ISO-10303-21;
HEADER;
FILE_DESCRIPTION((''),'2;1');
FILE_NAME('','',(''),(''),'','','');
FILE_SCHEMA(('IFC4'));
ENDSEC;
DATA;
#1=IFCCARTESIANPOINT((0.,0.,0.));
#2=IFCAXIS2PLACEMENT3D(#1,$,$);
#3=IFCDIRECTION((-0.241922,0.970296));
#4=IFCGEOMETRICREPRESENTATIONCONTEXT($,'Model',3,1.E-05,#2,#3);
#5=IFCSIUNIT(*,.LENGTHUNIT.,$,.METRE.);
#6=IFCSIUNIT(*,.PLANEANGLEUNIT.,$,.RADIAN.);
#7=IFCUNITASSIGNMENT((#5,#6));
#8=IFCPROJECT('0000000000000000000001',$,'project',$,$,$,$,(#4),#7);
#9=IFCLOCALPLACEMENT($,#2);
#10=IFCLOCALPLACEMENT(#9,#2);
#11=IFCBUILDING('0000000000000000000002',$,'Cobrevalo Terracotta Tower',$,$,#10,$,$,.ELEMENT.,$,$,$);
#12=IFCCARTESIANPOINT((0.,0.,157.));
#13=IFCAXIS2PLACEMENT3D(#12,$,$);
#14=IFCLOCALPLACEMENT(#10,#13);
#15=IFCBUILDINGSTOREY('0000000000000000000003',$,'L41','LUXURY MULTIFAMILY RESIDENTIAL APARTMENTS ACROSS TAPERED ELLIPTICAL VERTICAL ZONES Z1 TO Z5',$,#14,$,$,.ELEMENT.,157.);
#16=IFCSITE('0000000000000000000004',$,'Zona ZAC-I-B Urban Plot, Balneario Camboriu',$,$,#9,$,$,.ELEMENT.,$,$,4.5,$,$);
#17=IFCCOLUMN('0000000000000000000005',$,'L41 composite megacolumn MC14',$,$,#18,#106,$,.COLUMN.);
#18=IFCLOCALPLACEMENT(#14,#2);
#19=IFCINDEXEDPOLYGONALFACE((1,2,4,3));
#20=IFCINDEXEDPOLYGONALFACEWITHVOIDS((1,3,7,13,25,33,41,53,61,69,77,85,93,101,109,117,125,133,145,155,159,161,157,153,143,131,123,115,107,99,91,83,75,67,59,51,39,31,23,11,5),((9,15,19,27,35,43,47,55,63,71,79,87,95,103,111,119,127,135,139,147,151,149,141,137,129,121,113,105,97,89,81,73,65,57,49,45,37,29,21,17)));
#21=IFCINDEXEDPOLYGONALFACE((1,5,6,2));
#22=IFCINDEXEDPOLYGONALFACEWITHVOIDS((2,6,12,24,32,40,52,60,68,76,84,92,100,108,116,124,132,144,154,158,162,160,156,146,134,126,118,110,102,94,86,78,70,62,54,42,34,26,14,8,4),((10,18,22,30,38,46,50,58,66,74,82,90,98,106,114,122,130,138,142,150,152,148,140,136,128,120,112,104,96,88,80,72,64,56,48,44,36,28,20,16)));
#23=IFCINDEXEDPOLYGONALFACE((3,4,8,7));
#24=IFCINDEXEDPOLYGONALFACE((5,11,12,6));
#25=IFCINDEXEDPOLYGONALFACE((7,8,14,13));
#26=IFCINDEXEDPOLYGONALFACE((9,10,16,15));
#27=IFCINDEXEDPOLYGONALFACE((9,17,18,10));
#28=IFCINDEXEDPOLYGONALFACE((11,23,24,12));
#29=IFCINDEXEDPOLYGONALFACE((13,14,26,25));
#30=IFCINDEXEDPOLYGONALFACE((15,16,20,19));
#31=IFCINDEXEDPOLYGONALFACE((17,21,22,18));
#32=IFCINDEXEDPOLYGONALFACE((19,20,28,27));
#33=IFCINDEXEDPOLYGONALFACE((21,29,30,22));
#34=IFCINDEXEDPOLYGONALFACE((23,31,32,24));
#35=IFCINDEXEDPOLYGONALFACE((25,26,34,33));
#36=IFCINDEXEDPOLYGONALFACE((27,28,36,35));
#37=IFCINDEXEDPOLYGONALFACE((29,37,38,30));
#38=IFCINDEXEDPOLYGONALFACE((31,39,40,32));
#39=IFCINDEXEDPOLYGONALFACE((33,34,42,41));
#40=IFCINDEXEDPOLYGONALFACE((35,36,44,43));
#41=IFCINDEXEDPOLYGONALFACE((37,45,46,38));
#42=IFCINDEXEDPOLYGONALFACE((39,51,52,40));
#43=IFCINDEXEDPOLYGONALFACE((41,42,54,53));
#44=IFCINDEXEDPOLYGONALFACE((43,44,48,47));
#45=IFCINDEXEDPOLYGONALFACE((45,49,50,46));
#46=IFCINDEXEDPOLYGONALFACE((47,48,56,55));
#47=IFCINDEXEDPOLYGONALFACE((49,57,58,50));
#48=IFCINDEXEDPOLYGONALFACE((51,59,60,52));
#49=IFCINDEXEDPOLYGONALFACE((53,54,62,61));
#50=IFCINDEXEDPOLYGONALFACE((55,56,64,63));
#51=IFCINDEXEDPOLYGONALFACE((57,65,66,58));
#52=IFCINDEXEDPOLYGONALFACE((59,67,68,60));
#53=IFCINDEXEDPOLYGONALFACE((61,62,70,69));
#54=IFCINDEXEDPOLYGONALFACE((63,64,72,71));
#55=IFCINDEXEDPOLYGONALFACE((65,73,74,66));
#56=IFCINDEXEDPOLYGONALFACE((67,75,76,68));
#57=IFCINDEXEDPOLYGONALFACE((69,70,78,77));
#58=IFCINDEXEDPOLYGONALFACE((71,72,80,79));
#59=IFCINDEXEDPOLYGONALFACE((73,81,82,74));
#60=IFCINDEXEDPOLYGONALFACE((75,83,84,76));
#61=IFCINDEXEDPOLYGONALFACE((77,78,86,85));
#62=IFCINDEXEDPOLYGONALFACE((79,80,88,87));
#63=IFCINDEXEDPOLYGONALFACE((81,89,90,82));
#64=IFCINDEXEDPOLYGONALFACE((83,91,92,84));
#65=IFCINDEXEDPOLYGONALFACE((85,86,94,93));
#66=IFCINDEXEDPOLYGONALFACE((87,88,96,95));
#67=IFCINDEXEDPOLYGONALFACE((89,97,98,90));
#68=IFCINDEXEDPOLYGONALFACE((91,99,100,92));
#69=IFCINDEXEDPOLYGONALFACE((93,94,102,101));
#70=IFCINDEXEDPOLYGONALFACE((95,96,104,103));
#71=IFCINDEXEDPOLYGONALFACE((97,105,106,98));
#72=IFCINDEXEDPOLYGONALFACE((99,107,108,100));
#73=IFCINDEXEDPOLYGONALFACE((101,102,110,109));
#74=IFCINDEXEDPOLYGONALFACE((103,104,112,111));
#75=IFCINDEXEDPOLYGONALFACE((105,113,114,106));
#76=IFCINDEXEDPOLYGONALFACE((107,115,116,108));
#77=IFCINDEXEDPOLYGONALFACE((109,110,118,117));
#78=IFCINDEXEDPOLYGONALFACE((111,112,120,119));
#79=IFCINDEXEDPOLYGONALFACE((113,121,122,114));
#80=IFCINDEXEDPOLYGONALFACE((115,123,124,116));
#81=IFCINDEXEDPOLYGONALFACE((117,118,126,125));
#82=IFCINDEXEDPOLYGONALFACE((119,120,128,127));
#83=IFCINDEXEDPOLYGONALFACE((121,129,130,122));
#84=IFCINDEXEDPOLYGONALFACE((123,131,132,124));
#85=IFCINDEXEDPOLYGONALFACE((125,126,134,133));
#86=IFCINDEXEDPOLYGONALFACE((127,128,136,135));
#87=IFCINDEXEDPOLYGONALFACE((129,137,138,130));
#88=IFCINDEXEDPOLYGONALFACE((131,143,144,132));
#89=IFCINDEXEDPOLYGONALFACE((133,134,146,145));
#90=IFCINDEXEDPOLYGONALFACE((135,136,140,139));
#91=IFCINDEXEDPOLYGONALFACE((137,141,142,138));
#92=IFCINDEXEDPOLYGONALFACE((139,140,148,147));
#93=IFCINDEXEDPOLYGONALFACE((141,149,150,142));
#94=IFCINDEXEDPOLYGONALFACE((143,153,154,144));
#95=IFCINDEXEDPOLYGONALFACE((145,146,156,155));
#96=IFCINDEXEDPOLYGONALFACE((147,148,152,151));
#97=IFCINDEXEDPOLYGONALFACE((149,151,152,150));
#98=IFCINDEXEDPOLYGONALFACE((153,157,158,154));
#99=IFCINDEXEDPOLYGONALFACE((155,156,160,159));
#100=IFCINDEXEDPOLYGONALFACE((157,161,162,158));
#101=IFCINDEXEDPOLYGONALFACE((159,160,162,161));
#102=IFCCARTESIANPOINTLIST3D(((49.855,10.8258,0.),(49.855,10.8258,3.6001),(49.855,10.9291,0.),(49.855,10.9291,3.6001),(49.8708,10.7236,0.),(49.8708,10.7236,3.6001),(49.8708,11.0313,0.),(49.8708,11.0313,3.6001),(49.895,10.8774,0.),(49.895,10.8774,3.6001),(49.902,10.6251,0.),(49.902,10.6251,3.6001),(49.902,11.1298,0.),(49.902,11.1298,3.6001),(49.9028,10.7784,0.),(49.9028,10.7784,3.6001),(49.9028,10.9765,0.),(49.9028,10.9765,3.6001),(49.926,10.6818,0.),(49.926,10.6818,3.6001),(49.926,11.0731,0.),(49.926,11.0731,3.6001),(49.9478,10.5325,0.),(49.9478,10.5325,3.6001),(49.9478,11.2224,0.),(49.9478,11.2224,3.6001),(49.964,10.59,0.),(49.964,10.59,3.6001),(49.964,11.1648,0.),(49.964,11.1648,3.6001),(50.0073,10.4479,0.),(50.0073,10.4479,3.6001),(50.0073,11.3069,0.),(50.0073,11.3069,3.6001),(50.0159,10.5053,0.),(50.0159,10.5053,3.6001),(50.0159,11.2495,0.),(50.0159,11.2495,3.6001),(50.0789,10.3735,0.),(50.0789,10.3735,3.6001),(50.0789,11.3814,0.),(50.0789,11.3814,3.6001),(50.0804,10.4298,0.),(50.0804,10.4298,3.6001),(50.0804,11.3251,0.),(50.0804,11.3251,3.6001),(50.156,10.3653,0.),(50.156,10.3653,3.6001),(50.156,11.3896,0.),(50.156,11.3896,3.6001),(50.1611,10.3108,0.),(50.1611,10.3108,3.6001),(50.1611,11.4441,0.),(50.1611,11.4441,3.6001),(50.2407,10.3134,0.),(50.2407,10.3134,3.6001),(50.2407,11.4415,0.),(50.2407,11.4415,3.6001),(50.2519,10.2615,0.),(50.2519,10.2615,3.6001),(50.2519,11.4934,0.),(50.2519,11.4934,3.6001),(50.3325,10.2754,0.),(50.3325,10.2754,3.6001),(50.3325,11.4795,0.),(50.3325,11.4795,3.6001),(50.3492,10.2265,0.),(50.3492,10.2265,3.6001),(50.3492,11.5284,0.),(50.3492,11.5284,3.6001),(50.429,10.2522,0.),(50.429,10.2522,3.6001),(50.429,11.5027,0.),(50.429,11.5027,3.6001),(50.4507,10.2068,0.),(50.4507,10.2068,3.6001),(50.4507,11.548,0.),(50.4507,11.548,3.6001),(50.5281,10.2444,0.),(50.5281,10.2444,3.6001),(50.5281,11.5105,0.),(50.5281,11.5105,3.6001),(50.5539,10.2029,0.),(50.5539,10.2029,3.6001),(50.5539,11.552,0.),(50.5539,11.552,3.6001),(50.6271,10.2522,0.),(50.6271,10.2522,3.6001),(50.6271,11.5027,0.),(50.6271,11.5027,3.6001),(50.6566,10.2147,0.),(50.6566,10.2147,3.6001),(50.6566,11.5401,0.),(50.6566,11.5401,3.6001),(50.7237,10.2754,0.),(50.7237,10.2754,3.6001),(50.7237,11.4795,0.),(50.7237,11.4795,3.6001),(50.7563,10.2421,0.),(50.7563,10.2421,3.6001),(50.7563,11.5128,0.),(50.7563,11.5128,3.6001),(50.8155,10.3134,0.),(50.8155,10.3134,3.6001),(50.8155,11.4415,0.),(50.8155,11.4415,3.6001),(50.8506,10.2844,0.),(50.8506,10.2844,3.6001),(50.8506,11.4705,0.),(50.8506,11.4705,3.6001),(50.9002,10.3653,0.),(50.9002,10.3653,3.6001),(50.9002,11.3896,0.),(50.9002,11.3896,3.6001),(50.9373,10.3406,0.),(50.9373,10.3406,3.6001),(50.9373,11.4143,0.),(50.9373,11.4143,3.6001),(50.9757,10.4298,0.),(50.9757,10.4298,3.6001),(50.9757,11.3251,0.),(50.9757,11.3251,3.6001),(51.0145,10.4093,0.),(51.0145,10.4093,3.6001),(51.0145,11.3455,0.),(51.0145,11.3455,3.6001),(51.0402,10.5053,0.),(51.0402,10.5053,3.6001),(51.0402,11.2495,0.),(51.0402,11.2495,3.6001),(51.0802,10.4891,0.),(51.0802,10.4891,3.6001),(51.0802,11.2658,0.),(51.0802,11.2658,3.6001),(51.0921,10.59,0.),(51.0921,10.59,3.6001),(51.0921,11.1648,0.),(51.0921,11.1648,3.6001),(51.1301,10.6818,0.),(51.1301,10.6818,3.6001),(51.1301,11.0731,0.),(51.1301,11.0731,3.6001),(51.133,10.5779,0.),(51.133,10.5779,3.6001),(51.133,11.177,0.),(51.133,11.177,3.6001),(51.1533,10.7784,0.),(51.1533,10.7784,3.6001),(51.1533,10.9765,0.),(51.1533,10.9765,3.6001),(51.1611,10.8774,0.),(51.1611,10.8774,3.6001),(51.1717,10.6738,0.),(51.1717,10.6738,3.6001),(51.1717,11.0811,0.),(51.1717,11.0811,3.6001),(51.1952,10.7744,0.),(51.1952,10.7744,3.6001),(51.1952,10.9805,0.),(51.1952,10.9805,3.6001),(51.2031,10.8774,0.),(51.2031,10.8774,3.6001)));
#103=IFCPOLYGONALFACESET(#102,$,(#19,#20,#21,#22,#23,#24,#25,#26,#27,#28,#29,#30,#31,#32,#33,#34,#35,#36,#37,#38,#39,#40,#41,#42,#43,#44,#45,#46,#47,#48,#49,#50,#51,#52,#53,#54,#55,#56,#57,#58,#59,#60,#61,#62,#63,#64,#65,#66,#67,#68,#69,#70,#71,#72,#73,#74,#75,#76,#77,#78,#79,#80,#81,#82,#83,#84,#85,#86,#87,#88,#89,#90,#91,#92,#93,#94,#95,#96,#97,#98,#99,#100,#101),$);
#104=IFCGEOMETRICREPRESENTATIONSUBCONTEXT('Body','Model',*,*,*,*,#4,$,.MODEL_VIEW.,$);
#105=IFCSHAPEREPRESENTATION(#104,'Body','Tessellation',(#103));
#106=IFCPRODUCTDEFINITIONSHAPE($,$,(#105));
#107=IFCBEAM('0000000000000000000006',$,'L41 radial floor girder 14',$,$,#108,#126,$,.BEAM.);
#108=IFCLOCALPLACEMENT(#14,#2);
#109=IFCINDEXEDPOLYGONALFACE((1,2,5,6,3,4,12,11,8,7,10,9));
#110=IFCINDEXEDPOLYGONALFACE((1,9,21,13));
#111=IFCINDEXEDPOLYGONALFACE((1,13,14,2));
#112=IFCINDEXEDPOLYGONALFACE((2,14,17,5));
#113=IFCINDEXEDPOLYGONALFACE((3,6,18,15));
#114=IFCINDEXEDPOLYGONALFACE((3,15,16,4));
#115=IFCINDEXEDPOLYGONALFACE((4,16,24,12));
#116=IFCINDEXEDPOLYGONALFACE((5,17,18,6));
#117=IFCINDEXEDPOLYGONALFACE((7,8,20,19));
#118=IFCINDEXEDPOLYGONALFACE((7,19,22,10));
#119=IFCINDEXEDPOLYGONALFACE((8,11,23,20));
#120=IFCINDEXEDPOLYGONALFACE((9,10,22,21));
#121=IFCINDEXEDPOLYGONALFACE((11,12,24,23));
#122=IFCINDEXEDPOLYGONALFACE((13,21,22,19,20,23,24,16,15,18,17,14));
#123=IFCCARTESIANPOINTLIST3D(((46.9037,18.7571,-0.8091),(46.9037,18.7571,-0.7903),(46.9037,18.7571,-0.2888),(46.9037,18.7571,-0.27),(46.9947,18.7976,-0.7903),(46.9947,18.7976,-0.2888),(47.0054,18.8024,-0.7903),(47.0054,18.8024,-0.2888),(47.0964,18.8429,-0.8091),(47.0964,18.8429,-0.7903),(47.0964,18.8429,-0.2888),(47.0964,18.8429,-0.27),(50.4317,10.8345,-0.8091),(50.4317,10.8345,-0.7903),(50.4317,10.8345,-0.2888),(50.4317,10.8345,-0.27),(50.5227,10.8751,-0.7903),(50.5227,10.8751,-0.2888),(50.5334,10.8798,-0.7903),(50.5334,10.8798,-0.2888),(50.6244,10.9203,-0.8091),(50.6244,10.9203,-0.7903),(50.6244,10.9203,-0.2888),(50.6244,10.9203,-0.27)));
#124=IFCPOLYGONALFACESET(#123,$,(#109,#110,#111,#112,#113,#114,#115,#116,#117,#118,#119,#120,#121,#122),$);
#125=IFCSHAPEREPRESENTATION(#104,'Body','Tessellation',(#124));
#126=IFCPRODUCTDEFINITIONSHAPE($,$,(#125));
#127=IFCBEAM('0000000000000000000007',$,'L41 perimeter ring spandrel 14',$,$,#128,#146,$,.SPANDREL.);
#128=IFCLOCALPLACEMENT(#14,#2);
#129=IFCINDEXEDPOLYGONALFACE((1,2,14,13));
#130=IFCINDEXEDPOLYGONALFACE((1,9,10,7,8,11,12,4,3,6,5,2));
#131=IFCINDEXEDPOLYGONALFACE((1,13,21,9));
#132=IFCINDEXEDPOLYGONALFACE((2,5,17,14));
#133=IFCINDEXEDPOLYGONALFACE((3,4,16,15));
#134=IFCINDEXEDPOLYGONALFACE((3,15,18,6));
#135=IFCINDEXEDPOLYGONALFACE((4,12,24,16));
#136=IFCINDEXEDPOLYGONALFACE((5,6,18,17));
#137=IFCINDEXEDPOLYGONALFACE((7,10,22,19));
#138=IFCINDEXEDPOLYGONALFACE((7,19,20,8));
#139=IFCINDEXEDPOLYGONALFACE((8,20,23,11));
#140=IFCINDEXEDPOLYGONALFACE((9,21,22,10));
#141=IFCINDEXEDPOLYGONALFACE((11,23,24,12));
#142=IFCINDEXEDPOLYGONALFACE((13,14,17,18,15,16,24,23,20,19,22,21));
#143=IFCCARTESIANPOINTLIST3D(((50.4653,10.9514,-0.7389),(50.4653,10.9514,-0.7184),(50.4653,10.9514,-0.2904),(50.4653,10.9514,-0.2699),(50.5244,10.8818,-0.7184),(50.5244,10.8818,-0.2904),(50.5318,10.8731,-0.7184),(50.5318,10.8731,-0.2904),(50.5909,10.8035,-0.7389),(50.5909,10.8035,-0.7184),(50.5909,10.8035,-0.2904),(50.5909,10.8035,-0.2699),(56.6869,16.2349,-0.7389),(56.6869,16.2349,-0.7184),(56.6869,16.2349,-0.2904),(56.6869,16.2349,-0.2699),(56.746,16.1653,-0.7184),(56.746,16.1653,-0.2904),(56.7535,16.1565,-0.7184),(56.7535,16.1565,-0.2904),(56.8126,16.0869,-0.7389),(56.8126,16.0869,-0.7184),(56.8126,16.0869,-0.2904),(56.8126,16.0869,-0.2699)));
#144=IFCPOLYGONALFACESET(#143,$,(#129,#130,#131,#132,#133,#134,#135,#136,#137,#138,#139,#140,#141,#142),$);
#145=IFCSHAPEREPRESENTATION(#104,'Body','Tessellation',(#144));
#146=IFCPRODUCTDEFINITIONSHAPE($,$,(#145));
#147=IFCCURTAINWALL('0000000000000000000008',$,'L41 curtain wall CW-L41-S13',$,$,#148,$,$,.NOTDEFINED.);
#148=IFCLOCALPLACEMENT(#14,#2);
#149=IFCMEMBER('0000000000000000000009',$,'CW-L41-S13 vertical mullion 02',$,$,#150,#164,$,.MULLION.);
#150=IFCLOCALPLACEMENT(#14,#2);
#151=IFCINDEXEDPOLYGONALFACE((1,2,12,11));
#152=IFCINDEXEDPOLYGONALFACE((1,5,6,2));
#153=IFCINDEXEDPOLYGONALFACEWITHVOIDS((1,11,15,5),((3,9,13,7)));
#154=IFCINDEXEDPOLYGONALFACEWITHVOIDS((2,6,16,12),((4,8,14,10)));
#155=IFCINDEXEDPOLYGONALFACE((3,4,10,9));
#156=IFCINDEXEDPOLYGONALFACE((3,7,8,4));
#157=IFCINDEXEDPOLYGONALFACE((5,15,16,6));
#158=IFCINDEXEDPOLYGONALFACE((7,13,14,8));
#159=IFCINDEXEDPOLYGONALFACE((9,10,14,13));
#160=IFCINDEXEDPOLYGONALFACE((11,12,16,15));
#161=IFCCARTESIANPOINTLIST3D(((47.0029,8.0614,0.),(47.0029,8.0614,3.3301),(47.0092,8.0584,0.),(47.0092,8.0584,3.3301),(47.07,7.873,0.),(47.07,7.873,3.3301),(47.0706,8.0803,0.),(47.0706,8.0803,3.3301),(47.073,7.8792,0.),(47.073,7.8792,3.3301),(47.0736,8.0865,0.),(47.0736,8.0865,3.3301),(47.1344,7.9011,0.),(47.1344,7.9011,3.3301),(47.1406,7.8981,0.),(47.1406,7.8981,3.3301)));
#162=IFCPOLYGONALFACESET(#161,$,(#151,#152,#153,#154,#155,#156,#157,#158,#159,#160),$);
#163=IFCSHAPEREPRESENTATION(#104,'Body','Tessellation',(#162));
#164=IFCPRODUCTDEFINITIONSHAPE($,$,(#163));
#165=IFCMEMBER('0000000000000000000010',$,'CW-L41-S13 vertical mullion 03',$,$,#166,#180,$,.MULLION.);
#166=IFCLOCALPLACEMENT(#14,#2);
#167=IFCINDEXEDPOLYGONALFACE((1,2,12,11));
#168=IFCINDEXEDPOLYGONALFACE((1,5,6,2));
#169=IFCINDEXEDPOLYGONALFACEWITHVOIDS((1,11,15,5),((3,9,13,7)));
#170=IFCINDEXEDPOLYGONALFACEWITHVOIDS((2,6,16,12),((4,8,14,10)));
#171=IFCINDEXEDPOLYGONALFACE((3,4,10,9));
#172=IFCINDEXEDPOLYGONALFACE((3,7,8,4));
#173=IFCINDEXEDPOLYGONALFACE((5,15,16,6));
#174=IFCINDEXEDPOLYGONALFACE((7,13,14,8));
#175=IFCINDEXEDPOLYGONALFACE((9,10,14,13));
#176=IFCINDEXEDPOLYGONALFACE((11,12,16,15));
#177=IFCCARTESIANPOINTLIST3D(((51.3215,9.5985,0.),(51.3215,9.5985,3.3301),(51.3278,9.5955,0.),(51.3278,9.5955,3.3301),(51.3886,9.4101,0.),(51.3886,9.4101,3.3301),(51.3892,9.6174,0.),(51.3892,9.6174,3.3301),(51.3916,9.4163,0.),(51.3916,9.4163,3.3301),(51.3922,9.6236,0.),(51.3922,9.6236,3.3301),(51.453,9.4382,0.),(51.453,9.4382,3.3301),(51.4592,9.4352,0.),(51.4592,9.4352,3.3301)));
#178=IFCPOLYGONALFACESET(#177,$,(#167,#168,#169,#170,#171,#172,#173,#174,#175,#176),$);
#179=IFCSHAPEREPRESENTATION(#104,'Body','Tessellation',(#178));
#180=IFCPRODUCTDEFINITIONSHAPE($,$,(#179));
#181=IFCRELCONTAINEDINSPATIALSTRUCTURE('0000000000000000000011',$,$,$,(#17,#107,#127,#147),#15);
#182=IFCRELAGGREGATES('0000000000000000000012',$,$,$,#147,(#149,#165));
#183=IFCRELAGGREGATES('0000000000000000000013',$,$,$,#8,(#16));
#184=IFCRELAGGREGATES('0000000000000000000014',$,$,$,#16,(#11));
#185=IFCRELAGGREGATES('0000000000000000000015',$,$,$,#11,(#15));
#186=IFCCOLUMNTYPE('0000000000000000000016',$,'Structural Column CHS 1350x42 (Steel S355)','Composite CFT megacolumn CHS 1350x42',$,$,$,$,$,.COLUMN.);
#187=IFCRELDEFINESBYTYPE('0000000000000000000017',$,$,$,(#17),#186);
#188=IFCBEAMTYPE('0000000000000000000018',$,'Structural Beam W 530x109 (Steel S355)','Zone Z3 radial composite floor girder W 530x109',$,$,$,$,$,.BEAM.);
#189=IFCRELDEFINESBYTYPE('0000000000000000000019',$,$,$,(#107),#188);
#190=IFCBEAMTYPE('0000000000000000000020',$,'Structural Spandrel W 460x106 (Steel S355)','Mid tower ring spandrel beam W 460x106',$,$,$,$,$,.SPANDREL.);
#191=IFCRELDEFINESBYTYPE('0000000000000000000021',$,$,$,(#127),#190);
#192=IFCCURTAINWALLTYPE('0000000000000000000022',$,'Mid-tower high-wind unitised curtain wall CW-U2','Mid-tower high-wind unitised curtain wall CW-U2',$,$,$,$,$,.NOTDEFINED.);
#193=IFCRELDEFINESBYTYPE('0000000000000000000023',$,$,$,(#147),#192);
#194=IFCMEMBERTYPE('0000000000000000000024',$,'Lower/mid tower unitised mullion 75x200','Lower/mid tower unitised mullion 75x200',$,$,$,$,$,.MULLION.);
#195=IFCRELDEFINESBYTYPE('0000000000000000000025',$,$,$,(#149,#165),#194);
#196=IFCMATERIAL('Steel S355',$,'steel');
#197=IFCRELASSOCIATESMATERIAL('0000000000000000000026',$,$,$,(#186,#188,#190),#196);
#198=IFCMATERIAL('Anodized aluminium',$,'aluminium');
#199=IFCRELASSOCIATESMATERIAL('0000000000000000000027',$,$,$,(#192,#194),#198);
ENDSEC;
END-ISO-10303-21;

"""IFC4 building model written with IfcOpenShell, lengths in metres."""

from ifc_helpers import new_model, si_unit, direction, frame, origin, origin_2d, place, context, subcontext, project, spatial, hollow_rectangle, hollow_circle, i_section, extrude, source, transform, mapped, material, material_profile, profile_set, type_object, element, aggregate, save


model = new_model("IFC4")

# Units and contexts
model_context = context("Model", 3, precision=1e-05, world=origin(), true_north=direction((-0.241922, 0.970296)))
body_context = subcontext(model_context, "Body", "Model", "MODEL_VIEW")
ifc_project = project(units=[si_unit("LENGTHUNIT", "METRE"), si_unit("PLANEANGLEUNIT", "RADIAN")], contexts=[model_context])

# Site, building, storey
site_placement = place(None, origin())
site = spatial("IfcSite", under=ifc_project, at=site_placement, Name="Zona ZAC-I-B Urban Plot, Balneario Camboriu", CompositionType="ELEMENT", RefElevation=4.5)
building_placement = place(site_placement, origin())
building = spatial("IfcBuilding", under=site, at=building_placement, Name="Cobrevalo Terracotta Tower", CompositionType="ELEMENT")
storey_placement = place(building_placement, frame((0.0, 0.0, 157.0)))
storey = spatial("IfcBuildingStorey", under=building, at=storey_placement, Name="L41", Description="LUXURY MULTIFAMILY RESIDENTIAL APARTMENTS ACROSS TAPERED ELLIPTICAL VERTICAL ZONES Z1 TO Z5", CompositionType="ELEMENT", Elevation=157.0)

# Column
ifc_material_1 = material(Name="Steel S355", Category="steel")
ifc_material_profile_1 = material_profile(ifc_material_1, hollow_circle(Radius=0.675, WallThickness=0.042, at=origin_2d()), Name="CHS 1350x42")
ifc_profile_set_1 = profile_set([ifc_material_profile_1], Name="Steel S355")
column_type = type_object("IfcColumnType", Name="Structural Column CHS 1350x42 (Steel S355)", Description="Composite CFT megacolumn CHS 1350x42", PredefinedType="COLUMN", material=ifc_profile_set_1)
column_placement = place(storey_placement, frame((50.5281, 10.8774, 0.0), z_axis=(0.0, 0.0, 1.0), x_axis=(1.0, 0.0, 0.0)))
element("IfcColumn", 1, at=column_placement, inside=storey, type_object=column_type, Name="L41 composite megacolumn MC14", PredefinedType="COLUMN", context=body_context, shape_type="SweptSolid", body=[
    extrude(hollow_circle(Radius=0.675, WallThickness=0.042, at=origin_2d()), origin(), (0.0, 0.0, 1.0), 3.6001),
])

# Beams
ifc_material_profile_2 = material_profile(ifc_material_1, i_section(OverallWidth=0.2109, OverallDepth=0.5391, WebThickness=0.0117, FlangeThickness=0.0188, at=origin_2d()), Name="W 530x109")
ifc_profile_set_2 = profile_set([ifc_material_profile_2], Name="Steel S355")
beam_type_1 = type_object("IfcBeamType", Name="Structural Beam W 530x109 (Steel S355)", Description="Zone Z3 radial composite floor girder W 530x109", PredefinedType="BEAM", material=ifc_profile_set_2)
beam_1_placement = place(storey_placement, frame((50.5281, 10.8774, -0.5396), z_axis=(-0.406804, 0.913515, 0.0), x_axis=(-0.913515, -0.406804, 0.0)))
element("IfcBeam", 2, at=beam_1_placement, inside=storey, type_object=beam_type_1, Name="L41 radial floor girder 14", PredefinedType="BEAM", context=body_context, shape_type="SweptSolid", body=[
    extrude(i_section(OverallWidth=0.2109, OverallDepth=0.5391, WebThickness=0.0117, FlangeThickness=0.0188, at=origin_2d()), origin(), (0.0, 0.0, 1.0), 8.6726),
])
ifc_material_profile_3 = material_profile(ifc_material_1, i_section(OverallWidth=0.1941, OverallDepth=0.469, WebThickness=0.0115, FlangeThickness=0.0205, at=origin_2d()), Name="W 460x106")
ifc_profile_set_3 = profile_set([ifc_material_profile_3], Name="Steel S355")
beam_type_2 = type_object("IfcBeamType", Name="Structural Spandrel W 460x106 (Steel S355)", Description="Mid tower ring spandrel beam W 460x106", PredefinedType="SPANDREL", material=ifc_profile_set_3)
beam_2_placement = place(storey_placement, frame((50.5281, 10.8774, -0.5044), z_axis=(0.76224, 0.647294, 0.0), x_axis=(-0.647294, 0.76224, 0.0)))
element("IfcBeam", 3, at=beam_2_placement, inside=storey, type_object=beam_type_2, Name="L41 perimeter ring spandrel 14", PredefinedType="SPANDREL", context=body_context, shape_type="SweptSolid", body=[
    extrude(i_section(OverallWidth=0.1941, OverallDepth=0.469, WebThickness=0.0115, FlangeThickness=0.0205, at=origin_2d()), origin(), (0.0, 0.0, 1.0), 8.1624),
])

# Curtain wall, members
ifc_material_2 = material(Name="Anodized aluminium", Category="aluminium")
curtain_wall_type = type_object("IfcCurtainWallType", Name="Mid-tower high-wind unitised curtain wall CW-U2", Description="Mid-tower high-wind unitised curtain wall CW-U2", PredefinedType="NOTDEFINED", material=ifc_material_2)
curtain_wall_1_placement = place(storey_placement, origin())
curtain_wall_1 = element("IfcCurtainWall", 4, at=curtain_wall_1_placement, inside=storey, type_object=curtain_wall_type, Name="L41 curtain wall CW-L41-S13", PredefinedType="NOTDEFINED")
ifc_material_profile_4 = material_profile(ifc_material_2, hollow_rectangle(XDim=0.075, YDim=0.2, WallThickness=0.0049, at=origin_2d()), Name="CWM 75x200")
ifc_profile_set_4 = profile_set([ifc_material_profile_4], Name="Anodized aluminium")
member_type_1 = type_object("IfcMemberType", Name="Lower/mid tower unitised mullion 75x200", Description="Lower/mid tower unitised mullion 75x200", PredefinedType="MULLION", material=ifc_profile_set_4)
shared_shape_1 = source(origin(), body_context, "Body", "SweptSolid", [
    extrude(hollow_rectangle(XDim=0.075, YDim=0.2, WallThickness=0.0049, at=origin_2d()), origin(), (0.0, 0.0, 1.0), 3.3301),
])
member_1_placement = place(storey_placement, frame((47.0718, 7.9797, 0.0), z_axis=(0.0, 0.0, 1.0), x_axis=(0.942098, 0.335336, 0.0)))
member_1 = element("IfcMember", 5, at=member_1_placement, type_object=member_type_1, Name="CW-L41-S13 vertical mullion 02", PredefinedType="MULLION", context=body_context, shape_type="MappedRepresentation", body=[
    mapped(shared_shape_1, transform((0.0, 0.0, 0.0), scale=1.0)),
])
member_2_placement = place(storey_placement, frame((51.3904, 9.5168, 0.0), z_axis=(0.0, 0.0, 1.0), x_axis=(0.942098, 0.335336, 0.0)))
member_2 = element("IfcMember", 6, at=member_2_placement, type_object=member_type_1, Name="CW-L41-S13 vertical mullion 03", PredefinedType="MULLION", context=body_context, shape_type="MappedRepresentation", body=[
    mapped(shared_shape_1, transform((0.0, 0.0, 0.0), scale=1.0)),
])

aggregate(curtain_wall_1, [member_1, member_2])

save(model, "model.ifc")
